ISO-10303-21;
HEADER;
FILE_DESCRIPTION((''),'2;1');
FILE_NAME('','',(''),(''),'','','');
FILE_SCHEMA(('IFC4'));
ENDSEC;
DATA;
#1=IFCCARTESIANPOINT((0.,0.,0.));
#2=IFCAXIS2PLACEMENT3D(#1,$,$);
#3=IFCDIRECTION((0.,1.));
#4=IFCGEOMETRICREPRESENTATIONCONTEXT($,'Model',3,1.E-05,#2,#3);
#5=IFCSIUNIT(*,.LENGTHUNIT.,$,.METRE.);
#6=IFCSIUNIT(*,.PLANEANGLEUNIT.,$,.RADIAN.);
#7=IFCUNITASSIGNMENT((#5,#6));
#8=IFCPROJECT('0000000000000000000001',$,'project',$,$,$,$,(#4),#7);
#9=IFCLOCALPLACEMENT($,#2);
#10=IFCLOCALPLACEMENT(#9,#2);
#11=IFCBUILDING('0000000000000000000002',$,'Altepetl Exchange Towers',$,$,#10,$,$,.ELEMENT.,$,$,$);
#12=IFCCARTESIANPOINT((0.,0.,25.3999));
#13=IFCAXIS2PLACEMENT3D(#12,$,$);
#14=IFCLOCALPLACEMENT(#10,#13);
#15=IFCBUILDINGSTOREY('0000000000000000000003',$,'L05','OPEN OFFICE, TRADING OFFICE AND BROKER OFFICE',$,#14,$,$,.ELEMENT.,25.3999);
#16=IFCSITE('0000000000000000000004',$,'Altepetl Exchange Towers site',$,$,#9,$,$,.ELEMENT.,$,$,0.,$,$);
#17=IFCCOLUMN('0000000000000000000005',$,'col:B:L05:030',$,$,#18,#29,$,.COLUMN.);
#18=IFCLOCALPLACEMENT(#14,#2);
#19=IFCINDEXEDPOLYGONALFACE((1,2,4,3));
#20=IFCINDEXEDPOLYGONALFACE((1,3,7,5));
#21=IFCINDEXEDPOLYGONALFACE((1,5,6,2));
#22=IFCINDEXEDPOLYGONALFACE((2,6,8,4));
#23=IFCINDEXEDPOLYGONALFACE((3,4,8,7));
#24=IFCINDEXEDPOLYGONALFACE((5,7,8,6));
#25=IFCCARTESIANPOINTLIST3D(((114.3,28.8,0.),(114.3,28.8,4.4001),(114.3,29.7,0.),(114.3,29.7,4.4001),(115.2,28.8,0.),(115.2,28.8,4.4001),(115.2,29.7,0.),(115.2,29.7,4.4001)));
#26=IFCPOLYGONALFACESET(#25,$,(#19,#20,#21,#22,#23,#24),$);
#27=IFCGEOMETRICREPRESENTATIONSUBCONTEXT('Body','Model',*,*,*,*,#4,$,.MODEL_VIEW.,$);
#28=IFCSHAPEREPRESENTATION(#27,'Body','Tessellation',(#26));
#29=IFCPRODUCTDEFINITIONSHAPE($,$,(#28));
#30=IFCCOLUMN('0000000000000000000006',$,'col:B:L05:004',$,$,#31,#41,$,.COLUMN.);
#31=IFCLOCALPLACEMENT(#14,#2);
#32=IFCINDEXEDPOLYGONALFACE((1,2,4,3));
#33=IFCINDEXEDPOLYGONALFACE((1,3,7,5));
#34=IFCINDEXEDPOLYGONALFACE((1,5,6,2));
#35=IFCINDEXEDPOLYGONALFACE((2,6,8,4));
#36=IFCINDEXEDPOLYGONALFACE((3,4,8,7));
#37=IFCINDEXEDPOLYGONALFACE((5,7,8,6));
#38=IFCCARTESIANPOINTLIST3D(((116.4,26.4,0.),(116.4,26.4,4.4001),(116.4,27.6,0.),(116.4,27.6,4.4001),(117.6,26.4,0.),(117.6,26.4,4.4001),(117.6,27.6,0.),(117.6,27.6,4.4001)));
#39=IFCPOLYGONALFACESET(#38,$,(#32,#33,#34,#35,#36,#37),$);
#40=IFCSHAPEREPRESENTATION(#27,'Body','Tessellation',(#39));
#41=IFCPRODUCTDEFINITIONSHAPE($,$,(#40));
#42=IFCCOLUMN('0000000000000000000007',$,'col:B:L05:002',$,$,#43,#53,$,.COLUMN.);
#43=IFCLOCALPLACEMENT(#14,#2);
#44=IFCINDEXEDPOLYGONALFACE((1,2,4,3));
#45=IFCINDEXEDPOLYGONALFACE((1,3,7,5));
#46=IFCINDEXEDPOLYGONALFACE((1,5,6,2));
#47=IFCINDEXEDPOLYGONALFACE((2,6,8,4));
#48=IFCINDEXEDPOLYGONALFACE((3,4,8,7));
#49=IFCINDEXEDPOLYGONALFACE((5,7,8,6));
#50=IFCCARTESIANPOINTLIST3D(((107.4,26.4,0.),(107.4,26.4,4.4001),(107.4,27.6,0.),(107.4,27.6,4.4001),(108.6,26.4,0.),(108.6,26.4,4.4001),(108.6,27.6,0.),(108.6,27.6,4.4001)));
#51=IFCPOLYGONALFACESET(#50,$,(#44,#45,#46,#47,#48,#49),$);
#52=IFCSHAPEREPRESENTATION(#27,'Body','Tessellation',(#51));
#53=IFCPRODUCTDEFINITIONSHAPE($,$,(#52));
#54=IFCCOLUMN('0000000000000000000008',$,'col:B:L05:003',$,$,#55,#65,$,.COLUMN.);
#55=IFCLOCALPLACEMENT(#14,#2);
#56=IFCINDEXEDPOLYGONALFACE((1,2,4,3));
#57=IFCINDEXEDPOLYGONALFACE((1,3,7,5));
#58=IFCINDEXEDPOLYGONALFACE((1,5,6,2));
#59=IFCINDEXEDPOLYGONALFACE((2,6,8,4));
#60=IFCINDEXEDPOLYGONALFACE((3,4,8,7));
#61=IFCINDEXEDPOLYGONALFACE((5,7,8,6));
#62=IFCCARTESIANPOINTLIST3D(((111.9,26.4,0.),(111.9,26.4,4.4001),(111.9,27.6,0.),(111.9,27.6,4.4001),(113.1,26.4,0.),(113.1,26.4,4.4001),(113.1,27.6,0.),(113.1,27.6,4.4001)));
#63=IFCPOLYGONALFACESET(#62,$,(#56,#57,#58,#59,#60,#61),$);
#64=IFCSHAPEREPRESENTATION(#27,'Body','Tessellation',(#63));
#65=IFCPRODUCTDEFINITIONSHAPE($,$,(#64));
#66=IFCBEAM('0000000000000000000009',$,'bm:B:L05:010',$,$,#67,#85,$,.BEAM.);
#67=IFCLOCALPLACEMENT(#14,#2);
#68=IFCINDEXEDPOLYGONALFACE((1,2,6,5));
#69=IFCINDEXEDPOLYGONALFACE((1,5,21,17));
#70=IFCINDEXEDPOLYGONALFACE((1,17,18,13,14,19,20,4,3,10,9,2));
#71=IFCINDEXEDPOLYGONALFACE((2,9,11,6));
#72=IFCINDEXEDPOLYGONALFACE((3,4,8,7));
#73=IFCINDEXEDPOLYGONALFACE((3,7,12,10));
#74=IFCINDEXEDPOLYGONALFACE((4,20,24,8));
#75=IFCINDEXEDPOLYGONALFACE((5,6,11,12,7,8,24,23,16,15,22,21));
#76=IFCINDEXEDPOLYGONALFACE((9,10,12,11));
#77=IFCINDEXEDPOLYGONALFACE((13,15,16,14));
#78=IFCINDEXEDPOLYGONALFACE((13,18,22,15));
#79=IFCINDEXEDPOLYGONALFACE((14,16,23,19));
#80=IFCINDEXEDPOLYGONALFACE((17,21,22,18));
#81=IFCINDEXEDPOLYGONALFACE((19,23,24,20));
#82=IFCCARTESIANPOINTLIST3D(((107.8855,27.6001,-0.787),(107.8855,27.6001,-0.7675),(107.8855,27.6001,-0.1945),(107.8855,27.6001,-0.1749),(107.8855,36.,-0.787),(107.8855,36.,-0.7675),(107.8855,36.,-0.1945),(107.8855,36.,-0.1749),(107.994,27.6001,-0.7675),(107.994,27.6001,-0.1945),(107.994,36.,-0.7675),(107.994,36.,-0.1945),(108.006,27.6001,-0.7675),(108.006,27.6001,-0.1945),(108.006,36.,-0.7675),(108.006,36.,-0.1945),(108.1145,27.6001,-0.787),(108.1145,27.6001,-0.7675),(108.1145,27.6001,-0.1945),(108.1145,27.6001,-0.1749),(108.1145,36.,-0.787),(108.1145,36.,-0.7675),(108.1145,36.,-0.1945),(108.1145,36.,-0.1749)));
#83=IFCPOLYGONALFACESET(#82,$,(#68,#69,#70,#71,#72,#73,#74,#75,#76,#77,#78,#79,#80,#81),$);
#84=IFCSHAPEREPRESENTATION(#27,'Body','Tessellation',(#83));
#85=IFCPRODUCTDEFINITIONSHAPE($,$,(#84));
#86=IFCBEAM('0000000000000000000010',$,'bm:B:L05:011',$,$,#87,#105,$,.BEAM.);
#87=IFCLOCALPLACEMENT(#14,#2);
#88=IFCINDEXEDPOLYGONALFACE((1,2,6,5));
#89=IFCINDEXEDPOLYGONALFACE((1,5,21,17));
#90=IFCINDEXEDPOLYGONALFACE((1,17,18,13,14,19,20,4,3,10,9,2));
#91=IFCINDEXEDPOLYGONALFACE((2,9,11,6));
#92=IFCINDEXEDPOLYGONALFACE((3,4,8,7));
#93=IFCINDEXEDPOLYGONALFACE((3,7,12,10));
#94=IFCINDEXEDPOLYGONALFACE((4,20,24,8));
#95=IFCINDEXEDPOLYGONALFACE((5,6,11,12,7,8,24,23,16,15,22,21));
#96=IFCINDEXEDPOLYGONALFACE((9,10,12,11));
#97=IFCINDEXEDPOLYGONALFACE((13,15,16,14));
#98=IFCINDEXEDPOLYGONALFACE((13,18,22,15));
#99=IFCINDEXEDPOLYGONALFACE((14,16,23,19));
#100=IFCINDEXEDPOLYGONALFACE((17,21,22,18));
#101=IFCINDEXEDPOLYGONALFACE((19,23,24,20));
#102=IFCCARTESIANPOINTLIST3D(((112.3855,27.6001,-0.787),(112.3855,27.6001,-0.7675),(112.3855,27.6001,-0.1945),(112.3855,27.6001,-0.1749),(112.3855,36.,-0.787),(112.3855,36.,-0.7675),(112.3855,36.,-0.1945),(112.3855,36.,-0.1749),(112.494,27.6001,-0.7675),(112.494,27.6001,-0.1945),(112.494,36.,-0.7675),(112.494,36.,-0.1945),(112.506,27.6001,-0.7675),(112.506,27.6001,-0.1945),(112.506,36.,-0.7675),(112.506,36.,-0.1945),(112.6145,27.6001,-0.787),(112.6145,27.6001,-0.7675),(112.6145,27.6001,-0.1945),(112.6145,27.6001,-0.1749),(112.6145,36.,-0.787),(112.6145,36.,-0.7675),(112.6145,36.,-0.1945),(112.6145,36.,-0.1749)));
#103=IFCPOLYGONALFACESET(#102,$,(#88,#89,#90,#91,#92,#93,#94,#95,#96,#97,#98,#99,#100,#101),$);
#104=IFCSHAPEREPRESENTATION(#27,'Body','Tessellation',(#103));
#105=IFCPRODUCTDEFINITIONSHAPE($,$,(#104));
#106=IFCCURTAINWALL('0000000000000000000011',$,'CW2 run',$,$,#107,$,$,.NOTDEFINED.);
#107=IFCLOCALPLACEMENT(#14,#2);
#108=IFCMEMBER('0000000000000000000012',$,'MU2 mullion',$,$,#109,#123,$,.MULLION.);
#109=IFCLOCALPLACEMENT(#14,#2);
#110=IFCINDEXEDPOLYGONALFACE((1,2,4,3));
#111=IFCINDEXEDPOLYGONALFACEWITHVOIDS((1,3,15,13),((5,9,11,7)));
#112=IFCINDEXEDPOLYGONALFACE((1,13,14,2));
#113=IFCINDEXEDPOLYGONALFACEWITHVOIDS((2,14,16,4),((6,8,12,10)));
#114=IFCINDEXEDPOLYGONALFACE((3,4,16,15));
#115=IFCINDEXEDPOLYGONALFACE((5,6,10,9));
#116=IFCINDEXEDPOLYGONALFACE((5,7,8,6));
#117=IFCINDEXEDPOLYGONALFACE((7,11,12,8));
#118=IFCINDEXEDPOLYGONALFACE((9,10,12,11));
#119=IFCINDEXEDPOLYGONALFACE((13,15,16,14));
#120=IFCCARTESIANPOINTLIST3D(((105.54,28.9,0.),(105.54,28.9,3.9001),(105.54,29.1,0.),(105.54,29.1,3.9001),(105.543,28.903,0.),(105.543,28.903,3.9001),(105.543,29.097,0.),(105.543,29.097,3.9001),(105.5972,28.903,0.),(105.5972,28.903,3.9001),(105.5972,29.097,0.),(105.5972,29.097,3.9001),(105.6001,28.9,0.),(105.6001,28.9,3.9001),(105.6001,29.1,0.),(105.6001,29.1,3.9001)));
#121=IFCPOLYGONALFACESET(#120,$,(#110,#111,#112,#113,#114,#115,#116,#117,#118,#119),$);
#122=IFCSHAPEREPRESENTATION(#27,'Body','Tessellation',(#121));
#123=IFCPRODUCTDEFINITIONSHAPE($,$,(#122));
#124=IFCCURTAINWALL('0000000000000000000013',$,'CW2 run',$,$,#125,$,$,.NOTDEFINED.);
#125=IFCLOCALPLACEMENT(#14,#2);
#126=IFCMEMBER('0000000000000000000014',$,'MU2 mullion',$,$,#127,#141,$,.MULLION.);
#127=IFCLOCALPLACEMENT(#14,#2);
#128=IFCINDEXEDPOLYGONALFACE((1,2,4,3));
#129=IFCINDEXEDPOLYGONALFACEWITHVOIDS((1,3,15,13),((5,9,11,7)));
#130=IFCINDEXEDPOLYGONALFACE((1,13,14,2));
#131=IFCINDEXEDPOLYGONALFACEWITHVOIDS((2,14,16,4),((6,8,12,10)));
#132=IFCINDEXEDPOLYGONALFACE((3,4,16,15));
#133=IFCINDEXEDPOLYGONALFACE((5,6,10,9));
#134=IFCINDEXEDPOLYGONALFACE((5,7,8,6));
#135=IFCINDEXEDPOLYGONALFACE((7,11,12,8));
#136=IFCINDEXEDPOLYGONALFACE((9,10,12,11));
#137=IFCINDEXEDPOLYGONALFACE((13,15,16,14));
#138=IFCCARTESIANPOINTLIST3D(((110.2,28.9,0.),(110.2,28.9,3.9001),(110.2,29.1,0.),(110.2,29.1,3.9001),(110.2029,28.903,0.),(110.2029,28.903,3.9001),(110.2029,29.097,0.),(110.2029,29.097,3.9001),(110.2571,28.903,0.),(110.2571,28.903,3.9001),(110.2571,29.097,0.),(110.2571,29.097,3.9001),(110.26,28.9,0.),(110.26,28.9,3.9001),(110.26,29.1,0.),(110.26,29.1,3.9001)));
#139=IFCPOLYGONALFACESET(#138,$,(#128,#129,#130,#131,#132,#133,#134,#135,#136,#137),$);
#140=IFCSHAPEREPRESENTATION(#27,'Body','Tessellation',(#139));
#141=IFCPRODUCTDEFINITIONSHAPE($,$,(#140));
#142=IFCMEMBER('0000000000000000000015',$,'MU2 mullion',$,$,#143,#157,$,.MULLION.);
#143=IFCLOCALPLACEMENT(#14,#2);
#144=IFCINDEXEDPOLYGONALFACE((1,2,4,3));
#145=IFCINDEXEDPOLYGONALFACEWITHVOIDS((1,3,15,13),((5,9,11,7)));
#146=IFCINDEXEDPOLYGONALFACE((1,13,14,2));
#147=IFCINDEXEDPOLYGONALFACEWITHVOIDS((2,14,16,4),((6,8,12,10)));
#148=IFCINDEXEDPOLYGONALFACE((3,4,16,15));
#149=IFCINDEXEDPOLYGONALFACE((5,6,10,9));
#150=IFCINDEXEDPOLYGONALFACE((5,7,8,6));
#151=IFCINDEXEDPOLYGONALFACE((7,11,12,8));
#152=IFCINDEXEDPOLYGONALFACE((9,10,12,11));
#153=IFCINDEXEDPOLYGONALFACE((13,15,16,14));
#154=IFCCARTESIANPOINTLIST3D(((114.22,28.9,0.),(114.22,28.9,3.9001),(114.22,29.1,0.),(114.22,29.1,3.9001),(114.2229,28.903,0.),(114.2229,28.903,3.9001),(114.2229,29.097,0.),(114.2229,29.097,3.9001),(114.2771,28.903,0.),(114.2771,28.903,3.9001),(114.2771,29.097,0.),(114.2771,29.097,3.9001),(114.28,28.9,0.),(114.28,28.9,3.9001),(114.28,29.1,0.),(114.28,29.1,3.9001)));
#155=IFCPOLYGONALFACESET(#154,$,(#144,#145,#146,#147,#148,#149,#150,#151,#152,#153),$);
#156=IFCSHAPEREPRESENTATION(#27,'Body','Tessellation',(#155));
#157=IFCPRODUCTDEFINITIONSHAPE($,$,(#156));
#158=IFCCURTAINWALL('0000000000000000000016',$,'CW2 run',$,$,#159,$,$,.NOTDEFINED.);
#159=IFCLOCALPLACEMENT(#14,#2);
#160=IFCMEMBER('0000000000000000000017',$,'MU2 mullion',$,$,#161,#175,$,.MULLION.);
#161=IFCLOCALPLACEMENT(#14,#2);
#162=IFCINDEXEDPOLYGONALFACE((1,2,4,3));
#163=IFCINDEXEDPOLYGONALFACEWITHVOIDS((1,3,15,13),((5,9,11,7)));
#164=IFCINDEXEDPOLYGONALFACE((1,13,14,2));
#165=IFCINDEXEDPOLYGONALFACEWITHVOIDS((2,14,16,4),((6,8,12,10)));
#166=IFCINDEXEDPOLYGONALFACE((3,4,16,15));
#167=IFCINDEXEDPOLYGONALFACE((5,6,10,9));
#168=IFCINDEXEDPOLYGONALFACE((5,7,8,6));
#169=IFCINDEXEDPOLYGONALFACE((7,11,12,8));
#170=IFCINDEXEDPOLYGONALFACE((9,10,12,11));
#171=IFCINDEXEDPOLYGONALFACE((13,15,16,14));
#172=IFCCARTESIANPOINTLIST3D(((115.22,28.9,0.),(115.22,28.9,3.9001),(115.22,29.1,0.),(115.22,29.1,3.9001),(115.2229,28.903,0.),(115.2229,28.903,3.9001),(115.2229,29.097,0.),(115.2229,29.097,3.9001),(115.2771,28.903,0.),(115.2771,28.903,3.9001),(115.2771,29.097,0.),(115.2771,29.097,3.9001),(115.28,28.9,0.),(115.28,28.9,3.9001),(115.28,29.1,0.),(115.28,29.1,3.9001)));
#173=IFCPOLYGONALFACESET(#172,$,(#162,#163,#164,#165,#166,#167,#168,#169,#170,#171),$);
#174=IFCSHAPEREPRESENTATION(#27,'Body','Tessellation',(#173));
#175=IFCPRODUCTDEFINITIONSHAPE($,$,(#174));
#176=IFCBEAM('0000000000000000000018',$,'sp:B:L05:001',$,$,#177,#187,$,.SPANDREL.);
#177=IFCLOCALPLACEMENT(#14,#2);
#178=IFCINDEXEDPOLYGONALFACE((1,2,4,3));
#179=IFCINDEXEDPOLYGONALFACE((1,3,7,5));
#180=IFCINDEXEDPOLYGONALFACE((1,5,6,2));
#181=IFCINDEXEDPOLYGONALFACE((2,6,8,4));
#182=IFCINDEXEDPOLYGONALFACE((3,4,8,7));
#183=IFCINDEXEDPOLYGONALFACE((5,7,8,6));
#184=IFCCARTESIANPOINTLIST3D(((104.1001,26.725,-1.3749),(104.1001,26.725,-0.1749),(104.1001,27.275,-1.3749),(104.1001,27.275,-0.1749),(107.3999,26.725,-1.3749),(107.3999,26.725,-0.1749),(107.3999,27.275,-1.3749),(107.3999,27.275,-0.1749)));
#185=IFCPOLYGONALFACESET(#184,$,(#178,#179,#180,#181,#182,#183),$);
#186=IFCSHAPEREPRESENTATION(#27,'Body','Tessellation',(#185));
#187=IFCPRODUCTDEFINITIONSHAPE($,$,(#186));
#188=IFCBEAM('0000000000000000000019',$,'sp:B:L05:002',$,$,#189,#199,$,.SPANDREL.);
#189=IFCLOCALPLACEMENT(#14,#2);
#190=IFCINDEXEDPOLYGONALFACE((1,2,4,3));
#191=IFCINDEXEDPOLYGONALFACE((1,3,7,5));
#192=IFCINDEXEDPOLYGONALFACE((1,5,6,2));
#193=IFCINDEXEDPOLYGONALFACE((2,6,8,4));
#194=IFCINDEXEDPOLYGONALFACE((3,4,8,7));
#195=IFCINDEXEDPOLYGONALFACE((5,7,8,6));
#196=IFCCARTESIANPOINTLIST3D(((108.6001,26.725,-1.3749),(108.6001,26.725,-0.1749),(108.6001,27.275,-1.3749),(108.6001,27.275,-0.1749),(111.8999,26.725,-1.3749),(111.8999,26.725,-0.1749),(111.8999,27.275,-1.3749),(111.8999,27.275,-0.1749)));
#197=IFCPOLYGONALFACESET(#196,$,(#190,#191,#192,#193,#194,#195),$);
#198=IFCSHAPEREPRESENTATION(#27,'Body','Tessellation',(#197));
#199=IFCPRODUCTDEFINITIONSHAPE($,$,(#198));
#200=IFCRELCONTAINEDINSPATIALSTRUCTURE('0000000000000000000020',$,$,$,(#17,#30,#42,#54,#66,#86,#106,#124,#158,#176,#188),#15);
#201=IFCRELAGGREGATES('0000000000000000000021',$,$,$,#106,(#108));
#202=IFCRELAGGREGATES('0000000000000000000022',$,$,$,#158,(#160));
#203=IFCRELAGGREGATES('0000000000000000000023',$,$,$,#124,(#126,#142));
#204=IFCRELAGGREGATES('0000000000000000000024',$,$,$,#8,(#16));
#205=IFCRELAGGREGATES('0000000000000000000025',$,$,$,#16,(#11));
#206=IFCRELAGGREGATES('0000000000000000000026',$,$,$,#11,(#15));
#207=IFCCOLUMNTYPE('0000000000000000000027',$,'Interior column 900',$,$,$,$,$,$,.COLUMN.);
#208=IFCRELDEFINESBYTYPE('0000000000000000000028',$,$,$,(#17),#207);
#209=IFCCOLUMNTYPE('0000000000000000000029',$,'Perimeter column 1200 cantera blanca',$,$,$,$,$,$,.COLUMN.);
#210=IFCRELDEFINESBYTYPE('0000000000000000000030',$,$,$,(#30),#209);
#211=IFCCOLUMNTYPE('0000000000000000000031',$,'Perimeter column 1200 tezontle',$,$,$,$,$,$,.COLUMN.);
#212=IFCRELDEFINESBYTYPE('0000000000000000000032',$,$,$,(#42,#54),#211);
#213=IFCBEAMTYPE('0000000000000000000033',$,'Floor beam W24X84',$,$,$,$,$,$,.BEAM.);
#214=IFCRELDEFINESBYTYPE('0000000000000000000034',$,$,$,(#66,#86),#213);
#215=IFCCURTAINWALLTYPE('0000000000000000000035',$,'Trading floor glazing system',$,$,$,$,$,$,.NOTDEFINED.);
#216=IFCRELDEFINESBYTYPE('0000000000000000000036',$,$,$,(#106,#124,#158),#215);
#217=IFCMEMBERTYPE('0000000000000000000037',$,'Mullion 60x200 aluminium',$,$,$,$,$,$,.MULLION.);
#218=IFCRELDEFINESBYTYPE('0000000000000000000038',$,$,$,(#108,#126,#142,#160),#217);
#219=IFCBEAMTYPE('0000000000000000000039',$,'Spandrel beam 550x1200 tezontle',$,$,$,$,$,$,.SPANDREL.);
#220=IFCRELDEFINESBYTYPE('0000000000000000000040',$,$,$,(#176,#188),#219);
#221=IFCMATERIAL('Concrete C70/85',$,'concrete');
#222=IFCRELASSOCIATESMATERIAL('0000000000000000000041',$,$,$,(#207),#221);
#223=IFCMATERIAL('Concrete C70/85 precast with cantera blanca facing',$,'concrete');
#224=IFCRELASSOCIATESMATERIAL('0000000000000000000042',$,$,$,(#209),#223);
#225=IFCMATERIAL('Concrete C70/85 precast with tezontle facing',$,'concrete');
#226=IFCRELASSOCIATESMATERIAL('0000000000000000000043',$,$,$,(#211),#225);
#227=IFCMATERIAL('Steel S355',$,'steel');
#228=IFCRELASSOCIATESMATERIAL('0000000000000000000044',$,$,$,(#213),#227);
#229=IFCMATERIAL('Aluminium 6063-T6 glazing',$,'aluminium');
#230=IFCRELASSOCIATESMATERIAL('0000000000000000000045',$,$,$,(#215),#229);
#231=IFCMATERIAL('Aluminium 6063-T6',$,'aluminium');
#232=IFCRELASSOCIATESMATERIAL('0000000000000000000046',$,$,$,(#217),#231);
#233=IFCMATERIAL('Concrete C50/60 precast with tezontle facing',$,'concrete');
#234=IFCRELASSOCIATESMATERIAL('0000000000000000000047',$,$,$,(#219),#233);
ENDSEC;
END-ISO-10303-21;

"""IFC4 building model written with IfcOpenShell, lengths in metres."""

from ifc_helpers import new_model, si_unit, direction, frame, origin, origin_2d, place, context, subcontext, project, spatial, rectangle, hollow_rectangle, i_section, extrude, material, material_profile, profile_set, type_object, element, aggregate, save


model = new_model("IFC4")

# Units and contexts
model_context = context("Model", 3, precision=1e-05, world=origin(), true_north=direction((0.0, 1.0)))
body_context = subcontext(model_context, "Body", "Model", "MODEL_VIEW")
ifc_project = project(units=[si_unit("LENGTHUNIT", "METRE"), si_unit("PLANEANGLEUNIT", "RADIAN")], contexts=[model_context])

# Site, building, storey
site_placement = place(None, origin())
site = spatial("IfcSite", under=ifc_project, at=site_placement, Name="Altepetl Exchange Towers site", CompositionType="ELEMENT", RefElevation=0.0)
building_placement = place(site_placement, origin())
building = spatial("IfcBuilding", under=site, at=building_placement, Name="Altepetl Exchange Towers", CompositionType="ELEMENT")
storey_placement = place(building_placement, frame((0.0, 0.0, 25.3999)))
storey = spatial("IfcBuildingStorey", under=building, at=storey_placement, Name="L05", Description="OPEN OFFICE, TRADING OFFICE AND BROKER OFFICE", CompositionType="ELEMENT", Elevation=25.3999)

# Columns
ifc_material_1 = material(Name="Concrete C70/85", Category="concrete")
ifc_material_profile_1 = material_profile(ifc_material_1, rectangle(XDim=0.8999, YDim=0.8999, at=origin_2d()), Name="900 x 900")
ifc_profile_set_1 = profile_set([ifc_material_profile_1], Name="Concrete C70/85")
column_type_1 = type_object("IfcColumnType", Name="Interior column 900", PredefinedType="COLUMN", material=ifc_profile_set_1)
column_1_placement = place(storey_placement, frame((114.75, 29.25, 0.0)))
element("IfcColumn", 1, at=column_1_placement, inside=storey, type_object=column_type_1, Name="col:B:L05:030", PredefinedType="COLUMN", context=body_context, shape_type="SweptSolid", body=[
    extrude(rectangle(XDim=0.8999, YDim=0.8999, at=origin_2d()), origin(), (0.0, 0.0, 1.0), 4.4001),
])
ifc_material_2 = material(Name="Concrete C70/85 precast with cantera blanca facing", Category="concrete")
ifc_material_profile_2 = material_profile(ifc_material_2, rectangle(XDim=1.2, YDim=1.2, at=origin_2d()), Name="1200 x 1200")
ifc_profile_set_2 = profile_set([ifc_material_profile_2], Name="Concrete C70/85 precast with cantera blanca facing")
column_type_2 = type_object("IfcColumnType", Name="Perimeter column 1200 cantera blanca", PredefinedType="COLUMN", material=ifc_profile_set_2)
column_2_placement = place(storey_placement, frame((117.0, 27.0, 0.0)))
element("IfcColumn", 2, at=column_2_placement, inside=storey, type_object=column_type_2, Name="col:B:L05:004", PredefinedType="COLUMN", context=body_context, shape_type="SweptSolid", body=[
    extrude(rectangle(XDim=1.2, YDim=1.2, at=origin_2d()), origin(), (0.0, 0.0, 1.0), 4.4001),
])
ifc_material_3 = material(Name="Concrete C70/85 precast with tezontle facing", Category="concrete")
ifc_material_profile_3 = material_profile(ifc_material_3, rectangle(XDim=1.2, YDim=1.2, at=origin_2d()), Name="1200 x 1200")
ifc_profile_set_3 = profile_set([ifc_material_profile_3], Name="Concrete C70/85 precast with tezontle facing")
column_type_3 = type_object("IfcColumnType", Name="Perimeter column 1200 tezontle", PredefinedType="COLUMN", material=ifc_profile_set_3)
for number, where, name in (
    (3, (108.0, 27.0, 0.0), "col:B:L05:002"),
    (4, (112.5, 27.0, 0.0), "col:B:L05:003"),
):
    element("IfcColumn", number, at=place(storey_placement, frame(where)), inside=storey, type_object=column_type_3, Name=name, PredefinedType="COLUMN", context=body_context, shape_type="SweptSolid", body=[
        extrude(rectangle(XDim=1.2, YDim=1.2, at=origin_2d()), origin(), (0.0, 0.0, 1.0), 4.4001),
    ])

# Beams
ifc_material_4 = material(Name="Steel S355", Category="steel")
ifc_material_profile_4 = material_profile(ifc_material_4, i_section(OverallWidth=0.229, OverallDepth=0.6121, WebThickness=0.012, FlangeThickness=0.0195, at=origin_2d()), Name="W24X84")
ifc_profile_set_4 = profile_set([ifc_material_profile_4], Name="Steel S355")
beam_type_1 = type_object("IfcBeamType", Name="Floor beam W24X84", PredefinedType="BEAM", material=ifc_profile_set_4)
for number, where, z_axis, x_axis, name in (
    (5, (108.0, 27.6001, -0.481), (0.0, 1.0, 0.0), (-1.0, 0.0, 0.0), "bm:B:L05:010"),
    (6, (112.5, 27.6001, -0.481), (0.0, 1.0, 0.0), (-1.0, 0.0, 0.0), "bm:B:L05:011"),
):
    element("IfcBeam", number, at=place(storey_placement, frame(where, z_axis=z_axis, x_axis=x_axis)), inside=storey, type_object=beam_type_1, Name=name, PredefinedType="BEAM", context=body_context, shape_type="SweptSolid", body=[
        extrude(i_section(OverallWidth=0.229, OverallDepth=0.6121, WebThickness=0.012, FlangeThickness=0.0195, at=origin_2d()), origin(), (0.0, 0.0, 1.0), 8.3999),
    ])

# Curtain wall, member
ifc_material_5 = material(Name="Aluminium 6063-T6 glazing", Category="aluminium")
curtain_wall_type = type_object("IfcCurtainWallType", Name="Trading floor glazing system", PredefinedType="NOTDEFINED", material=ifc_material_5)
curtain_wall_1_placement = place(storey_placement, origin())
curtain_wall_1 = element("IfcCurtainWall", 7, at=curtain_wall_1_placement, inside=storey, type_object=curtain_wall_type, Name="CW2 run", PredefinedType="NOTDEFINED")
ifc_material_6 = material(Name="Aluminium 6063-T6", Category="aluminium")
ifc_material_profile_5 = material_profile(ifc_material_6, hollow_rectangle(XDim=0.0601, YDim=0.2, WallThickness=0.0029, at=origin_2d()), Name="Mullion 60x200 aluminium")
ifc_profile_set_5 = profile_set([ifc_material_profile_5], Name="Aluminium 6063-T6")
member_type = type_object("IfcMemberType", Name="Mullion 60x200 aluminium", PredefinedType="MULLION", material=ifc_profile_set_5)
member_1_placement = place(storey_placement, frame((105.5701, 29.0, 0.0)))
member_1 = element("IfcMember", 8, at=member_1_placement, type_object=member_type, Name="MU2 mullion", PredefinedType="MULLION", context=body_context, shape_type="SweptSolid", body=[
    extrude(hollow_rectangle(XDim=0.0601, YDim=0.2, WallThickness=0.0029, at=origin_2d()), origin(), (0.0, 0.0, 1.0), 3.9001),
])
aggregate(curtain_wall_1, [member_1])

# Curtain wall, members
curtain_wall_2_placement = place(storey_placement, origin())
curtain_wall_2 = element("IfcCurtainWall", 9, at=curtain_wall_2_placement, inside=storey, type_object=curtain_wall_type, Name="CW2 run", PredefinedType="NOTDEFINED")
member_2_placement = place(storey_placement, frame((110.23, 29.0, 0.0)))
member_2 = element("IfcMember", 10, at=member_2_placement, type_object=member_type, Name="MU2 mullion", PredefinedType="MULLION", context=body_context, shape_type="SweptSolid", body=[
    extrude(hollow_rectangle(XDim=0.0601, YDim=0.2, WallThickness=0.0029, at=origin_2d()), origin(), (0.0, 0.0, 1.0), 3.9001),
])
member_3_placement = place(storey_placement, frame((114.25, 29.0, 0.0)))
member_3 = element("IfcMember", 11, at=member_3_placement, type_object=member_type, Name="MU2 mullion", PredefinedType="MULLION", context=body_context, shape_type="SweptSolid", body=[
    extrude(hollow_rectangle(XDim=0.0601, YDim=0.2, WallThickness=0.0029, at=origin_2d()), origin(), (0.0, 0.0, 1.0), 3.9001),
])

# Curtain wall, member
curtain_wall_3_placement = place(storey_placement, origin())
curtain_wall_3 = element("IfcCurtainWall", 12, at=curtain_wall_3_placement, inside=storey, type_object=curtain_wall_type, Name="CW2 run", PredefinedType="NOTDEFINED")
member_4_placement = place(storey_placement, frame((115.25, 29.0, 0.0)))
member_4 = element("IfcMember", 13, at=member_4_placement, type_object=member_type, Name="MU2 mullion", PredefinedType="MULLION", context=body_context, shape_type="SweptSolid", body=[
    extrude(hollow_rectangle(XDim=0.0601, YDim=0.2, WallThickness=0.0029, at=origin_2d()), origin(), (0.0, 0.0, 1.0), 3.9001),
])
aggregate(curtain_wall_3, [member_4])

# Beams
ifc_material_7 = material(Name="Concrete C50/60 precast with tezontle facing", Category="concrete")
ifc_material_profile_6 = material_profile(ifc_material_7, rectangle(XDim=0.55, YDim=1.2, at=origin_2d()), Name="550 x 1200")
ifc_profile_set_6 = profile_set([ifc_material_profile_6], Name="Concrete C50/60 precast with tezontle facing")
beam_type_2 = type_object("IfcBeamType", Name="Spandrel beam 550x1200 tezontle", PredefinedType="SPANDREL", material=ifc_profile_set_6)
for number, where, z_axis, x_axis, name in (
    (14, (104.1001, 27.0, -0.7749), (1.0, 0.0, 0.0), (0.0, 1.0, 0.0), "sp:B:L05:001"),
    (15, (108.6001, 27.0, -0.7749), (1.0, 0.0, 0.0), (0.0, 1.0, 0.0), "sp:B:L05:002"),
):
    element("IfcBeam", number, at=place(storey_placement, frame(where, z_axis=z_axis, x_axis=x_axis)), inside=storey, type_object=beam_type_2, Name=name, PredefinedType="SPANDREL", context=body_context, shape_type="SweptSolid", body=[
        extrude(rectangle(XDim=0.55, YDim=1.2, at=origin_2d()), origin(), (0.0, 0.0, 1.0), 3.2998),
    ])

aggregate(curtain_wall_2, [member_2, member_3])

save(model, "model.ifc")
